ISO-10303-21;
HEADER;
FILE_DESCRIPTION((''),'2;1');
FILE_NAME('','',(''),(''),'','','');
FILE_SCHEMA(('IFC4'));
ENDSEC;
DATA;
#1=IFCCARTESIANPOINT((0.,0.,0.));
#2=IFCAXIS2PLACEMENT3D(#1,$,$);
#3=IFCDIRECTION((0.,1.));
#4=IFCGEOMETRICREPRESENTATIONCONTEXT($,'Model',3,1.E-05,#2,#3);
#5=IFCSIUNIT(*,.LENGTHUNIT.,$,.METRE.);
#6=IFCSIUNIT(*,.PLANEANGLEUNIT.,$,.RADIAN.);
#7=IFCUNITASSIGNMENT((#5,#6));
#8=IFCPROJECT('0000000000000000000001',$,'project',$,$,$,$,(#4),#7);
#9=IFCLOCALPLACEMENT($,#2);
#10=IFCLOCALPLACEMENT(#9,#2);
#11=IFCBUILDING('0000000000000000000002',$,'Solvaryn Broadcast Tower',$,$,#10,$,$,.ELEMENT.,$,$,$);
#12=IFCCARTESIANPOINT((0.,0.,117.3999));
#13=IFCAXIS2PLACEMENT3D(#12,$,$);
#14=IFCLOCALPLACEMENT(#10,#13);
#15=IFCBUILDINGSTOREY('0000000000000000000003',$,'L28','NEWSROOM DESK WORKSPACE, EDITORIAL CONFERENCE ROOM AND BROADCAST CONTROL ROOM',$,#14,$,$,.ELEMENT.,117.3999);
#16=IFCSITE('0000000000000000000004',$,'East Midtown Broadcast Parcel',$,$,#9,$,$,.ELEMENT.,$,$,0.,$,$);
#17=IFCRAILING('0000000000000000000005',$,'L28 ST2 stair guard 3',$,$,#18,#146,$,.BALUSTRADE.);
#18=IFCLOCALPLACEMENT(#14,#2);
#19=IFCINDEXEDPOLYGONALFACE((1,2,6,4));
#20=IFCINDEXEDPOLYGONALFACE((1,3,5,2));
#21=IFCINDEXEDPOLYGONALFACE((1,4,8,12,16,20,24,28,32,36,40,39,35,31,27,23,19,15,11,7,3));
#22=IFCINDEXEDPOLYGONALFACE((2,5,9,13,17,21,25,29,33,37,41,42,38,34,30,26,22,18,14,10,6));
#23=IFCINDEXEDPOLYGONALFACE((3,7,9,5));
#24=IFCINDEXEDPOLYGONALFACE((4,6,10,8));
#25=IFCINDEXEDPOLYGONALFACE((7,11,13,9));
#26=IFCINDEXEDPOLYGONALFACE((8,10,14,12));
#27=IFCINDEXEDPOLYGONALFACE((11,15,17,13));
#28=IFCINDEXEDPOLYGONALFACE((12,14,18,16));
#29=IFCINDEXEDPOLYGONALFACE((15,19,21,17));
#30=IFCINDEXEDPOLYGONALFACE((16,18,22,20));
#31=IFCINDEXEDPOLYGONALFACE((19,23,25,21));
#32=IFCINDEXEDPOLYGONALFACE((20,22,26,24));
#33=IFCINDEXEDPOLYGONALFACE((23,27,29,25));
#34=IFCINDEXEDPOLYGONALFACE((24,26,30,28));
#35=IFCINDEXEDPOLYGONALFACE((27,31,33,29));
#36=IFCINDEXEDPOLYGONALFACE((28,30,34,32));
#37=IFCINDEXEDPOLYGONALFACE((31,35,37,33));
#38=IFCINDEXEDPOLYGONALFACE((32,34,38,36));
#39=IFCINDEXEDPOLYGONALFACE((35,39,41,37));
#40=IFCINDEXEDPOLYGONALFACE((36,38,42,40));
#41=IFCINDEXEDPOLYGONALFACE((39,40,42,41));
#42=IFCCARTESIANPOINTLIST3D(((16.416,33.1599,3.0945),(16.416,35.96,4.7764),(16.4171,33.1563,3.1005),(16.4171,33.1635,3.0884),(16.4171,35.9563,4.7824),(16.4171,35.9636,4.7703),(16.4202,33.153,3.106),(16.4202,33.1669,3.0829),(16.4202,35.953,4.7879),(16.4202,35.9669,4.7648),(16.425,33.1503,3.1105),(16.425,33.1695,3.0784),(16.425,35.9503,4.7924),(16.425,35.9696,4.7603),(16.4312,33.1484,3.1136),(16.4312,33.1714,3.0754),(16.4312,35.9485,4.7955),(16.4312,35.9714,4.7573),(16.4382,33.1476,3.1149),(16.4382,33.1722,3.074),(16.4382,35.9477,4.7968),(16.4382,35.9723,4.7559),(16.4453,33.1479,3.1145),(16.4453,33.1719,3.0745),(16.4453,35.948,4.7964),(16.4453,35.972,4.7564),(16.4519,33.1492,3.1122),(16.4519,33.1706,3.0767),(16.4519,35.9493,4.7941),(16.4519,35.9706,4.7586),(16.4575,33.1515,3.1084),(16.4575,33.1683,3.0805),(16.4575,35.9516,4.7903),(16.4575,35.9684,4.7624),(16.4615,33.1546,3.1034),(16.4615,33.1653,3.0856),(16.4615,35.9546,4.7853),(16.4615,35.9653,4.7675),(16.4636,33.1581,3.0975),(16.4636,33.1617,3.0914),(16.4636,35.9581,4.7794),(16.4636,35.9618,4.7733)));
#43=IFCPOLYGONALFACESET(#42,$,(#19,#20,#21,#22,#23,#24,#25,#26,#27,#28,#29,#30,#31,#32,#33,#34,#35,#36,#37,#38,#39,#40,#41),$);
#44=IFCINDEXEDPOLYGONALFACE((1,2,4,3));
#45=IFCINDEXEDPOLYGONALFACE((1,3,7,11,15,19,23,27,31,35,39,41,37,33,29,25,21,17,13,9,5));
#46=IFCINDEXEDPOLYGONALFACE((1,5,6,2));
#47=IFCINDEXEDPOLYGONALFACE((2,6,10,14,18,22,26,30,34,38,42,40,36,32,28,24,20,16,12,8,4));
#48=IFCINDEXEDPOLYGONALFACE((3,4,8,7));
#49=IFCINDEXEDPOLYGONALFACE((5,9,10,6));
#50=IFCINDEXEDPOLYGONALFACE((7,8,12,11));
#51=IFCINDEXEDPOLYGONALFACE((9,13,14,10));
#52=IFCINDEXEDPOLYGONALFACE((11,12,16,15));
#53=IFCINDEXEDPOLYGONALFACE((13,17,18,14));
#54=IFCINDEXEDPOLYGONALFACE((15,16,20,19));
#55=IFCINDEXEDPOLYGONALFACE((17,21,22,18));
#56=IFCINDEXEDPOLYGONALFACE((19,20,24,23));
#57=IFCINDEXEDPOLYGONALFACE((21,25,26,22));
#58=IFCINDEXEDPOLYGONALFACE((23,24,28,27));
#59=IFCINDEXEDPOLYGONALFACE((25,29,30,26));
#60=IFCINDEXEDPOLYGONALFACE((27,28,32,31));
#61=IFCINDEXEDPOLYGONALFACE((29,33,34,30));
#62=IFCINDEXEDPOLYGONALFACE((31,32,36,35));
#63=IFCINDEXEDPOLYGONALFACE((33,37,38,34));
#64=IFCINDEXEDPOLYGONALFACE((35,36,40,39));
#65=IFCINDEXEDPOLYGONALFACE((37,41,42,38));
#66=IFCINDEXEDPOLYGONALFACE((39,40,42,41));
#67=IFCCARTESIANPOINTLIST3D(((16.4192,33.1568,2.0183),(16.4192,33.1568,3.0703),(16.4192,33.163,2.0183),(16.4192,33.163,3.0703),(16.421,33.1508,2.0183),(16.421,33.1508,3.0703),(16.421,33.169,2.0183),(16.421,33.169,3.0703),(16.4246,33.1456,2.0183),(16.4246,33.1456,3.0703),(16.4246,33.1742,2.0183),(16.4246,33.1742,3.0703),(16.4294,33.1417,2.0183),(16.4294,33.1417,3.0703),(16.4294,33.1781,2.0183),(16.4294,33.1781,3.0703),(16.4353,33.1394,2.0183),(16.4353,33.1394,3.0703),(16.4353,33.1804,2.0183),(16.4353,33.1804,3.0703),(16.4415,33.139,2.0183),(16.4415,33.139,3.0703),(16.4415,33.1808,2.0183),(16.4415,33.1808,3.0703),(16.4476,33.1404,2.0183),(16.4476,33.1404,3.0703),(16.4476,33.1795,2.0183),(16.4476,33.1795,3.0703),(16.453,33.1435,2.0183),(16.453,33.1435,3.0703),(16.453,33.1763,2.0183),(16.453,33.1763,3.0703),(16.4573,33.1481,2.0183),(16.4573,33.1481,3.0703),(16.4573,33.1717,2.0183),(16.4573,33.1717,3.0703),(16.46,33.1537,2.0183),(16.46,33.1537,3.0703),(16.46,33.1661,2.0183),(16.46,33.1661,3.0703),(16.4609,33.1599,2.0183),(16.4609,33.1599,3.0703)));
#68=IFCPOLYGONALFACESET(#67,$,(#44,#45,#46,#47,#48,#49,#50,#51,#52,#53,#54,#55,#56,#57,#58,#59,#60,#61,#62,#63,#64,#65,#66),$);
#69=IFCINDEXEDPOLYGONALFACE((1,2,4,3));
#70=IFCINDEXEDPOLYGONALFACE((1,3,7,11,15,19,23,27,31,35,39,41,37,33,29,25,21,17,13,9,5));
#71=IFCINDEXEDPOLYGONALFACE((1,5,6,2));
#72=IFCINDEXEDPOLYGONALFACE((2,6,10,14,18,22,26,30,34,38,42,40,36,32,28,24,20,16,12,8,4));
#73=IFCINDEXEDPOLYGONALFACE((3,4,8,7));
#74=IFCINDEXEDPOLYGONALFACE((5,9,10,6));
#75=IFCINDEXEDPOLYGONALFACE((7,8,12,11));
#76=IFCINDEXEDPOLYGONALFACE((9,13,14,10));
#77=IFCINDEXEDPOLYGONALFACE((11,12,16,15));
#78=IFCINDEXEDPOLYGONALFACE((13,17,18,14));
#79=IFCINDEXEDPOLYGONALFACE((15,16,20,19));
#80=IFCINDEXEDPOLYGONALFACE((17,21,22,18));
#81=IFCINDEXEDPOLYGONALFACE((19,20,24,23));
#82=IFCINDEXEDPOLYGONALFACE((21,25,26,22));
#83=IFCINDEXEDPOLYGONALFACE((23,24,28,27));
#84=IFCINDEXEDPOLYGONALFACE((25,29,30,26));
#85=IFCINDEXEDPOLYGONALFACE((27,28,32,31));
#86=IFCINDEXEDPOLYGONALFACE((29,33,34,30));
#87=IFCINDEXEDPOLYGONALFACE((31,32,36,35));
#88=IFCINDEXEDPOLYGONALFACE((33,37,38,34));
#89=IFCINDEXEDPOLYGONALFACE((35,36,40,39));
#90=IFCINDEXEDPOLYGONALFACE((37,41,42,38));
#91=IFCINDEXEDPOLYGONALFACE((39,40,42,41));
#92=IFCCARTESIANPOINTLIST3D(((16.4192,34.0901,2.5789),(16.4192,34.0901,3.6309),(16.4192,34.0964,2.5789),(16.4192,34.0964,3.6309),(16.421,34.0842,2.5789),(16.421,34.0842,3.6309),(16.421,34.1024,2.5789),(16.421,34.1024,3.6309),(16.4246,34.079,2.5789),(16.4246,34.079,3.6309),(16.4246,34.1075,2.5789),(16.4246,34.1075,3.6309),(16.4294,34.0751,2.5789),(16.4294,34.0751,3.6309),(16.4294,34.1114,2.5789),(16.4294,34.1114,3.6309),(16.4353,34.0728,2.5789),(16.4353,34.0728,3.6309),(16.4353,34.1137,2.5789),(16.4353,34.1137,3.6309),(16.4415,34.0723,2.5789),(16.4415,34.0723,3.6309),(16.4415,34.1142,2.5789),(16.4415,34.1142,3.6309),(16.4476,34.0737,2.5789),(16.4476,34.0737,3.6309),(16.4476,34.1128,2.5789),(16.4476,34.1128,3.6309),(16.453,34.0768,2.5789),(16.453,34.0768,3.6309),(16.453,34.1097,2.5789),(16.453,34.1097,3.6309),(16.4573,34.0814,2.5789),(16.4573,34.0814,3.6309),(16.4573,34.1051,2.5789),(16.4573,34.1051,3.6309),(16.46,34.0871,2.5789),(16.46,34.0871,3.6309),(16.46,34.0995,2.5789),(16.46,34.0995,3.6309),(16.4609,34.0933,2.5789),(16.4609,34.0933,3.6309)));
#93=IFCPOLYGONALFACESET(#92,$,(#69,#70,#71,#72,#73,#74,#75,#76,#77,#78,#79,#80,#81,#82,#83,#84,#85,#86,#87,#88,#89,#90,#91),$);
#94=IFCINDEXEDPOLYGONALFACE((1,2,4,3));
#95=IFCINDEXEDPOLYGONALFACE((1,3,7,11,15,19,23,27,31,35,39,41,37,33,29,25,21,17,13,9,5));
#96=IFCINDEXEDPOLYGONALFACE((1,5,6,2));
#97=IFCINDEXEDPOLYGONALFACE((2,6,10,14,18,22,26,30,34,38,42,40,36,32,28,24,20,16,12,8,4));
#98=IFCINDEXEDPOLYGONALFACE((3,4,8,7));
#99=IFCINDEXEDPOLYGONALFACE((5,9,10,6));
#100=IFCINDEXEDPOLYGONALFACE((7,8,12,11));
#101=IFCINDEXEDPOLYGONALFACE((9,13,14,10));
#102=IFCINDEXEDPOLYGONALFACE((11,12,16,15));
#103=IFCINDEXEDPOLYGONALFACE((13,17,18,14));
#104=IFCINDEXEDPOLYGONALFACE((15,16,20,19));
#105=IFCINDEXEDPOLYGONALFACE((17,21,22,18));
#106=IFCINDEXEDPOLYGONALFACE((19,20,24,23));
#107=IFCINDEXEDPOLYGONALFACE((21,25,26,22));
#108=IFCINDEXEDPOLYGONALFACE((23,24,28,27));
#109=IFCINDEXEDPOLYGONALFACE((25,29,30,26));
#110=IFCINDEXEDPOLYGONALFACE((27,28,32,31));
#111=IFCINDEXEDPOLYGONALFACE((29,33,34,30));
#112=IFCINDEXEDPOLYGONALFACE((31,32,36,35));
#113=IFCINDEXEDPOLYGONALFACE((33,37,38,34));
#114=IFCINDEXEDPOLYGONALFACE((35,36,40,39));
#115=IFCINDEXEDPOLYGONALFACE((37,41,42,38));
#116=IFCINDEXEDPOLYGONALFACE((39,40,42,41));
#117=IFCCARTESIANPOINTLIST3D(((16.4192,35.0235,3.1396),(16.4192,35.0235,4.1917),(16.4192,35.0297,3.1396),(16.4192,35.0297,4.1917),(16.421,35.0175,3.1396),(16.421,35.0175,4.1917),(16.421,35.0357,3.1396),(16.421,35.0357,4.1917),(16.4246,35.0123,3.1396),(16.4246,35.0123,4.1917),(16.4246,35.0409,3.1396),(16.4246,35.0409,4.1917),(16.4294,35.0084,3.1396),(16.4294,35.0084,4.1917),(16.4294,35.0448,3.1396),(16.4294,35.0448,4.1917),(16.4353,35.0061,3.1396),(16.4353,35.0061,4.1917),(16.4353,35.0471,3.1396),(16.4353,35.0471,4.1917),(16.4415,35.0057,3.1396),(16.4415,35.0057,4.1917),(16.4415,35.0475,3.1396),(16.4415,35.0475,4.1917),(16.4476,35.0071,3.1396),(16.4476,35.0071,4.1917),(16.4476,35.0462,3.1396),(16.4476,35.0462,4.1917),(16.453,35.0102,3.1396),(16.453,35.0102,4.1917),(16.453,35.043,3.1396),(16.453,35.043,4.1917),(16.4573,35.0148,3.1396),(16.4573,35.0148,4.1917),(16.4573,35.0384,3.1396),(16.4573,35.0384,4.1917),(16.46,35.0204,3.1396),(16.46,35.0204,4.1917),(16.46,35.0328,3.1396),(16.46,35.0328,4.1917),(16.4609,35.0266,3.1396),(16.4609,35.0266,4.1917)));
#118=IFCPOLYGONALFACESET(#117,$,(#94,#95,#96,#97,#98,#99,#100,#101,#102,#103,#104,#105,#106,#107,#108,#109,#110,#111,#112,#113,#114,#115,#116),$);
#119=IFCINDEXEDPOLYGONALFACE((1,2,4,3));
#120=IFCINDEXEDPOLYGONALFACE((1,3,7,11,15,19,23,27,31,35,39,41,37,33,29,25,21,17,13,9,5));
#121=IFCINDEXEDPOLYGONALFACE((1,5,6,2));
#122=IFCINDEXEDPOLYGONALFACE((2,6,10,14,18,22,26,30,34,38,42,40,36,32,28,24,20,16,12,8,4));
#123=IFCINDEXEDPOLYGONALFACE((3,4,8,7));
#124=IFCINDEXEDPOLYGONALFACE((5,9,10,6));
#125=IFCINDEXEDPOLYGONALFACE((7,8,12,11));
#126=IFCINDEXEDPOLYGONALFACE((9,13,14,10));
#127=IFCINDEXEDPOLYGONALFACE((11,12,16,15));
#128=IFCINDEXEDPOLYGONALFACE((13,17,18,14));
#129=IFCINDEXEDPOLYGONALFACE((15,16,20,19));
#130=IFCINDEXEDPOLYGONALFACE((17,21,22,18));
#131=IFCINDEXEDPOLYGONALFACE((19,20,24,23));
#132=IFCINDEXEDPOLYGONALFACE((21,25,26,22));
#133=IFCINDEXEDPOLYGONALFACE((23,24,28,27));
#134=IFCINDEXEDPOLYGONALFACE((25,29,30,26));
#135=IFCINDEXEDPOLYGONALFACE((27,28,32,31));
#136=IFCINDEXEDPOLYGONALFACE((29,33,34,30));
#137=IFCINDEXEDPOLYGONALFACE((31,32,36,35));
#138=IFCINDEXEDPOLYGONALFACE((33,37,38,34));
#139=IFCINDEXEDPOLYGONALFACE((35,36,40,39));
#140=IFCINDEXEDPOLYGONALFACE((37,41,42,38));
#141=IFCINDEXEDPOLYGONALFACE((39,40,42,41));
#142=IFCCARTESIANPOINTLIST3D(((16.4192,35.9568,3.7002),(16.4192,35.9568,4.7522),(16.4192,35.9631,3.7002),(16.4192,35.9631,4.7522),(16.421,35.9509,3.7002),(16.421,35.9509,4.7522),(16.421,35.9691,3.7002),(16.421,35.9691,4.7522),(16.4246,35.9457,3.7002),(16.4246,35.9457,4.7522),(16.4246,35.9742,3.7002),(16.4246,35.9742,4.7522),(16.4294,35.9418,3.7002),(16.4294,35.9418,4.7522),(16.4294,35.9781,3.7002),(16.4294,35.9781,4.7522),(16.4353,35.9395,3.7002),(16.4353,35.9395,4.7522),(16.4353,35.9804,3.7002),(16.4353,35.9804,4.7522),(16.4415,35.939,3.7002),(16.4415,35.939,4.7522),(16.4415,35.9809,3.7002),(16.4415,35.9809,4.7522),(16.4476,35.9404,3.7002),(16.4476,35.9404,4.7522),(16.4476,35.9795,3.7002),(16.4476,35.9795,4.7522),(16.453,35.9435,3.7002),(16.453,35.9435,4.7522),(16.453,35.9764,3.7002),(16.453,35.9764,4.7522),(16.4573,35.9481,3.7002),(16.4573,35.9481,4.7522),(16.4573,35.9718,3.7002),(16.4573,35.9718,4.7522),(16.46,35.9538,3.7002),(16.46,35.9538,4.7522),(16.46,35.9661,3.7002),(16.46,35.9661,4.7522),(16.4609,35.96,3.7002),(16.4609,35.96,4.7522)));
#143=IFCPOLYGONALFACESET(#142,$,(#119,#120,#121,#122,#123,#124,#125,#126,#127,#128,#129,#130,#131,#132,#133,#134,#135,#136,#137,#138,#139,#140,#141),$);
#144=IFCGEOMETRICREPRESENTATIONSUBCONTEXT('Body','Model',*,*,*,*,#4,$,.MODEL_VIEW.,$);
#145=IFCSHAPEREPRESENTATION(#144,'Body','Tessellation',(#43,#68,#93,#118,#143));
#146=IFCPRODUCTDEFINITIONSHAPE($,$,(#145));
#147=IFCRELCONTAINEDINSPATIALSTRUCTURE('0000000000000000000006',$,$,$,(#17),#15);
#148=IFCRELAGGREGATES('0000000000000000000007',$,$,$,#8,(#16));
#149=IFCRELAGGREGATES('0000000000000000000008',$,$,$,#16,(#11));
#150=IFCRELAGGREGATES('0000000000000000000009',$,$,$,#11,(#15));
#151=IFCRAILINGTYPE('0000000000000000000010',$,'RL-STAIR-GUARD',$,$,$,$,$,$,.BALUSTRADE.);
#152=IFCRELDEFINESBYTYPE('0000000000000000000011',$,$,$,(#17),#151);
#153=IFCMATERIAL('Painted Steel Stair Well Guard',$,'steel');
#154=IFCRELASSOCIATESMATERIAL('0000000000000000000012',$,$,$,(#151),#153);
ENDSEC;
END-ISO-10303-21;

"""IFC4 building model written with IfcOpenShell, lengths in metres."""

from ifc_helpers import new_model, si_unit, direction, frame, origin, origin_2d, place, context, subcontext, project, spatial, circle, extrude, material, type_object, element, save


model = new_model("IFC4")

# Units and contexts
model_context = context("Model", 3, precision=1e-05, world=origin(), true_north=direction((0.0, 1.0)))
body_context = subcontext(model_context, "Body", "Model", "MODEL_VIEW")
ifc_project = project(units=[si_unit("LENGTHUNIT", "METRE"), si_unit("PLANEANGLEUNIT", "RADIAN")], contexts=[model_context])

# Site, building, storey
site_placement = place(None, origin())
site = spatial("IfcSite", under=ifc_project, at=site_placement, Name="East Midtown Broadcast Parcel", CompositionType="ELEMENT", RefElevation=0.0)
building_placement = place(site_placement, origin())
building = spatial("IfcBuilding", under=site, at=building_placement, Name="Solvaryn Broadcast Tower", CompositionType="ELEMENT")
storey_placement = place(building_placement, frame((0.0, 0.0, 117.3999)))
storey = spatial("IfcBuildingStorey", under=building, at=storey_placement, Name="L28", Description="NEWSROOM DESK WORKSPACE, EDITORIAL CONFERENCE ROOM AND BROADCAST CONTROL ROOM", CompositionType="ELEMENT", Elevation=117.3999)

# Railing
ifc_material_1 = material(Name="Painted Steel Stair Well Guard", Category="steel")
railing_type_1 = type_object("IfcRailingType", Name="RL-STAIR-GUARD", PredefinedType="BALUSTRADE", material=ifc_material_1)
railing_1_placement = place(storey_placement, frame((16.4399, 33.1599, 2.0183)))
element("IfcRailing", 1, at=railing_1_placement, inside=storey, type_object=railing_type_1, Name="L28 ST2 stair guard 3", PredefinedType="BALUSTRADE", context=body_context, shape_type="SweptSolid", body=[
    extrude(circle(Radius=0.0239, at=origin_2d()), frame((0.0, 0.0, 1.0762), z_axis=(0.0, 0.857242, 0.514913), x_axis=(-1.0, 0.0, 0.0)), (0.0, 0.0, 1.0), 3.2664),
    extrude(circle(Radius=0.021, at=origin_2d()), origin(), (0.0, 0.0, 1.0), 1.052),
    extrude(circle(Radius=0.021, at=origin_2d()), frame((0.0, 0.9333, 0.5605)), (0.0, 0.0, 1.0), 1.052),
    extrude(circle(Radius=0.021, at=origin_2d()), frame((0.0, 1.8667, 1.1213)), (0.0, 0.0, 1.0), 1.052),
    extrude(circle(Radius=0.021, at=origin_2d()), frame((0.0, 2.8, 1.6819)), (0.0, 0.0, 1.0), 1.052),
])

save(model, "model.ifc")
